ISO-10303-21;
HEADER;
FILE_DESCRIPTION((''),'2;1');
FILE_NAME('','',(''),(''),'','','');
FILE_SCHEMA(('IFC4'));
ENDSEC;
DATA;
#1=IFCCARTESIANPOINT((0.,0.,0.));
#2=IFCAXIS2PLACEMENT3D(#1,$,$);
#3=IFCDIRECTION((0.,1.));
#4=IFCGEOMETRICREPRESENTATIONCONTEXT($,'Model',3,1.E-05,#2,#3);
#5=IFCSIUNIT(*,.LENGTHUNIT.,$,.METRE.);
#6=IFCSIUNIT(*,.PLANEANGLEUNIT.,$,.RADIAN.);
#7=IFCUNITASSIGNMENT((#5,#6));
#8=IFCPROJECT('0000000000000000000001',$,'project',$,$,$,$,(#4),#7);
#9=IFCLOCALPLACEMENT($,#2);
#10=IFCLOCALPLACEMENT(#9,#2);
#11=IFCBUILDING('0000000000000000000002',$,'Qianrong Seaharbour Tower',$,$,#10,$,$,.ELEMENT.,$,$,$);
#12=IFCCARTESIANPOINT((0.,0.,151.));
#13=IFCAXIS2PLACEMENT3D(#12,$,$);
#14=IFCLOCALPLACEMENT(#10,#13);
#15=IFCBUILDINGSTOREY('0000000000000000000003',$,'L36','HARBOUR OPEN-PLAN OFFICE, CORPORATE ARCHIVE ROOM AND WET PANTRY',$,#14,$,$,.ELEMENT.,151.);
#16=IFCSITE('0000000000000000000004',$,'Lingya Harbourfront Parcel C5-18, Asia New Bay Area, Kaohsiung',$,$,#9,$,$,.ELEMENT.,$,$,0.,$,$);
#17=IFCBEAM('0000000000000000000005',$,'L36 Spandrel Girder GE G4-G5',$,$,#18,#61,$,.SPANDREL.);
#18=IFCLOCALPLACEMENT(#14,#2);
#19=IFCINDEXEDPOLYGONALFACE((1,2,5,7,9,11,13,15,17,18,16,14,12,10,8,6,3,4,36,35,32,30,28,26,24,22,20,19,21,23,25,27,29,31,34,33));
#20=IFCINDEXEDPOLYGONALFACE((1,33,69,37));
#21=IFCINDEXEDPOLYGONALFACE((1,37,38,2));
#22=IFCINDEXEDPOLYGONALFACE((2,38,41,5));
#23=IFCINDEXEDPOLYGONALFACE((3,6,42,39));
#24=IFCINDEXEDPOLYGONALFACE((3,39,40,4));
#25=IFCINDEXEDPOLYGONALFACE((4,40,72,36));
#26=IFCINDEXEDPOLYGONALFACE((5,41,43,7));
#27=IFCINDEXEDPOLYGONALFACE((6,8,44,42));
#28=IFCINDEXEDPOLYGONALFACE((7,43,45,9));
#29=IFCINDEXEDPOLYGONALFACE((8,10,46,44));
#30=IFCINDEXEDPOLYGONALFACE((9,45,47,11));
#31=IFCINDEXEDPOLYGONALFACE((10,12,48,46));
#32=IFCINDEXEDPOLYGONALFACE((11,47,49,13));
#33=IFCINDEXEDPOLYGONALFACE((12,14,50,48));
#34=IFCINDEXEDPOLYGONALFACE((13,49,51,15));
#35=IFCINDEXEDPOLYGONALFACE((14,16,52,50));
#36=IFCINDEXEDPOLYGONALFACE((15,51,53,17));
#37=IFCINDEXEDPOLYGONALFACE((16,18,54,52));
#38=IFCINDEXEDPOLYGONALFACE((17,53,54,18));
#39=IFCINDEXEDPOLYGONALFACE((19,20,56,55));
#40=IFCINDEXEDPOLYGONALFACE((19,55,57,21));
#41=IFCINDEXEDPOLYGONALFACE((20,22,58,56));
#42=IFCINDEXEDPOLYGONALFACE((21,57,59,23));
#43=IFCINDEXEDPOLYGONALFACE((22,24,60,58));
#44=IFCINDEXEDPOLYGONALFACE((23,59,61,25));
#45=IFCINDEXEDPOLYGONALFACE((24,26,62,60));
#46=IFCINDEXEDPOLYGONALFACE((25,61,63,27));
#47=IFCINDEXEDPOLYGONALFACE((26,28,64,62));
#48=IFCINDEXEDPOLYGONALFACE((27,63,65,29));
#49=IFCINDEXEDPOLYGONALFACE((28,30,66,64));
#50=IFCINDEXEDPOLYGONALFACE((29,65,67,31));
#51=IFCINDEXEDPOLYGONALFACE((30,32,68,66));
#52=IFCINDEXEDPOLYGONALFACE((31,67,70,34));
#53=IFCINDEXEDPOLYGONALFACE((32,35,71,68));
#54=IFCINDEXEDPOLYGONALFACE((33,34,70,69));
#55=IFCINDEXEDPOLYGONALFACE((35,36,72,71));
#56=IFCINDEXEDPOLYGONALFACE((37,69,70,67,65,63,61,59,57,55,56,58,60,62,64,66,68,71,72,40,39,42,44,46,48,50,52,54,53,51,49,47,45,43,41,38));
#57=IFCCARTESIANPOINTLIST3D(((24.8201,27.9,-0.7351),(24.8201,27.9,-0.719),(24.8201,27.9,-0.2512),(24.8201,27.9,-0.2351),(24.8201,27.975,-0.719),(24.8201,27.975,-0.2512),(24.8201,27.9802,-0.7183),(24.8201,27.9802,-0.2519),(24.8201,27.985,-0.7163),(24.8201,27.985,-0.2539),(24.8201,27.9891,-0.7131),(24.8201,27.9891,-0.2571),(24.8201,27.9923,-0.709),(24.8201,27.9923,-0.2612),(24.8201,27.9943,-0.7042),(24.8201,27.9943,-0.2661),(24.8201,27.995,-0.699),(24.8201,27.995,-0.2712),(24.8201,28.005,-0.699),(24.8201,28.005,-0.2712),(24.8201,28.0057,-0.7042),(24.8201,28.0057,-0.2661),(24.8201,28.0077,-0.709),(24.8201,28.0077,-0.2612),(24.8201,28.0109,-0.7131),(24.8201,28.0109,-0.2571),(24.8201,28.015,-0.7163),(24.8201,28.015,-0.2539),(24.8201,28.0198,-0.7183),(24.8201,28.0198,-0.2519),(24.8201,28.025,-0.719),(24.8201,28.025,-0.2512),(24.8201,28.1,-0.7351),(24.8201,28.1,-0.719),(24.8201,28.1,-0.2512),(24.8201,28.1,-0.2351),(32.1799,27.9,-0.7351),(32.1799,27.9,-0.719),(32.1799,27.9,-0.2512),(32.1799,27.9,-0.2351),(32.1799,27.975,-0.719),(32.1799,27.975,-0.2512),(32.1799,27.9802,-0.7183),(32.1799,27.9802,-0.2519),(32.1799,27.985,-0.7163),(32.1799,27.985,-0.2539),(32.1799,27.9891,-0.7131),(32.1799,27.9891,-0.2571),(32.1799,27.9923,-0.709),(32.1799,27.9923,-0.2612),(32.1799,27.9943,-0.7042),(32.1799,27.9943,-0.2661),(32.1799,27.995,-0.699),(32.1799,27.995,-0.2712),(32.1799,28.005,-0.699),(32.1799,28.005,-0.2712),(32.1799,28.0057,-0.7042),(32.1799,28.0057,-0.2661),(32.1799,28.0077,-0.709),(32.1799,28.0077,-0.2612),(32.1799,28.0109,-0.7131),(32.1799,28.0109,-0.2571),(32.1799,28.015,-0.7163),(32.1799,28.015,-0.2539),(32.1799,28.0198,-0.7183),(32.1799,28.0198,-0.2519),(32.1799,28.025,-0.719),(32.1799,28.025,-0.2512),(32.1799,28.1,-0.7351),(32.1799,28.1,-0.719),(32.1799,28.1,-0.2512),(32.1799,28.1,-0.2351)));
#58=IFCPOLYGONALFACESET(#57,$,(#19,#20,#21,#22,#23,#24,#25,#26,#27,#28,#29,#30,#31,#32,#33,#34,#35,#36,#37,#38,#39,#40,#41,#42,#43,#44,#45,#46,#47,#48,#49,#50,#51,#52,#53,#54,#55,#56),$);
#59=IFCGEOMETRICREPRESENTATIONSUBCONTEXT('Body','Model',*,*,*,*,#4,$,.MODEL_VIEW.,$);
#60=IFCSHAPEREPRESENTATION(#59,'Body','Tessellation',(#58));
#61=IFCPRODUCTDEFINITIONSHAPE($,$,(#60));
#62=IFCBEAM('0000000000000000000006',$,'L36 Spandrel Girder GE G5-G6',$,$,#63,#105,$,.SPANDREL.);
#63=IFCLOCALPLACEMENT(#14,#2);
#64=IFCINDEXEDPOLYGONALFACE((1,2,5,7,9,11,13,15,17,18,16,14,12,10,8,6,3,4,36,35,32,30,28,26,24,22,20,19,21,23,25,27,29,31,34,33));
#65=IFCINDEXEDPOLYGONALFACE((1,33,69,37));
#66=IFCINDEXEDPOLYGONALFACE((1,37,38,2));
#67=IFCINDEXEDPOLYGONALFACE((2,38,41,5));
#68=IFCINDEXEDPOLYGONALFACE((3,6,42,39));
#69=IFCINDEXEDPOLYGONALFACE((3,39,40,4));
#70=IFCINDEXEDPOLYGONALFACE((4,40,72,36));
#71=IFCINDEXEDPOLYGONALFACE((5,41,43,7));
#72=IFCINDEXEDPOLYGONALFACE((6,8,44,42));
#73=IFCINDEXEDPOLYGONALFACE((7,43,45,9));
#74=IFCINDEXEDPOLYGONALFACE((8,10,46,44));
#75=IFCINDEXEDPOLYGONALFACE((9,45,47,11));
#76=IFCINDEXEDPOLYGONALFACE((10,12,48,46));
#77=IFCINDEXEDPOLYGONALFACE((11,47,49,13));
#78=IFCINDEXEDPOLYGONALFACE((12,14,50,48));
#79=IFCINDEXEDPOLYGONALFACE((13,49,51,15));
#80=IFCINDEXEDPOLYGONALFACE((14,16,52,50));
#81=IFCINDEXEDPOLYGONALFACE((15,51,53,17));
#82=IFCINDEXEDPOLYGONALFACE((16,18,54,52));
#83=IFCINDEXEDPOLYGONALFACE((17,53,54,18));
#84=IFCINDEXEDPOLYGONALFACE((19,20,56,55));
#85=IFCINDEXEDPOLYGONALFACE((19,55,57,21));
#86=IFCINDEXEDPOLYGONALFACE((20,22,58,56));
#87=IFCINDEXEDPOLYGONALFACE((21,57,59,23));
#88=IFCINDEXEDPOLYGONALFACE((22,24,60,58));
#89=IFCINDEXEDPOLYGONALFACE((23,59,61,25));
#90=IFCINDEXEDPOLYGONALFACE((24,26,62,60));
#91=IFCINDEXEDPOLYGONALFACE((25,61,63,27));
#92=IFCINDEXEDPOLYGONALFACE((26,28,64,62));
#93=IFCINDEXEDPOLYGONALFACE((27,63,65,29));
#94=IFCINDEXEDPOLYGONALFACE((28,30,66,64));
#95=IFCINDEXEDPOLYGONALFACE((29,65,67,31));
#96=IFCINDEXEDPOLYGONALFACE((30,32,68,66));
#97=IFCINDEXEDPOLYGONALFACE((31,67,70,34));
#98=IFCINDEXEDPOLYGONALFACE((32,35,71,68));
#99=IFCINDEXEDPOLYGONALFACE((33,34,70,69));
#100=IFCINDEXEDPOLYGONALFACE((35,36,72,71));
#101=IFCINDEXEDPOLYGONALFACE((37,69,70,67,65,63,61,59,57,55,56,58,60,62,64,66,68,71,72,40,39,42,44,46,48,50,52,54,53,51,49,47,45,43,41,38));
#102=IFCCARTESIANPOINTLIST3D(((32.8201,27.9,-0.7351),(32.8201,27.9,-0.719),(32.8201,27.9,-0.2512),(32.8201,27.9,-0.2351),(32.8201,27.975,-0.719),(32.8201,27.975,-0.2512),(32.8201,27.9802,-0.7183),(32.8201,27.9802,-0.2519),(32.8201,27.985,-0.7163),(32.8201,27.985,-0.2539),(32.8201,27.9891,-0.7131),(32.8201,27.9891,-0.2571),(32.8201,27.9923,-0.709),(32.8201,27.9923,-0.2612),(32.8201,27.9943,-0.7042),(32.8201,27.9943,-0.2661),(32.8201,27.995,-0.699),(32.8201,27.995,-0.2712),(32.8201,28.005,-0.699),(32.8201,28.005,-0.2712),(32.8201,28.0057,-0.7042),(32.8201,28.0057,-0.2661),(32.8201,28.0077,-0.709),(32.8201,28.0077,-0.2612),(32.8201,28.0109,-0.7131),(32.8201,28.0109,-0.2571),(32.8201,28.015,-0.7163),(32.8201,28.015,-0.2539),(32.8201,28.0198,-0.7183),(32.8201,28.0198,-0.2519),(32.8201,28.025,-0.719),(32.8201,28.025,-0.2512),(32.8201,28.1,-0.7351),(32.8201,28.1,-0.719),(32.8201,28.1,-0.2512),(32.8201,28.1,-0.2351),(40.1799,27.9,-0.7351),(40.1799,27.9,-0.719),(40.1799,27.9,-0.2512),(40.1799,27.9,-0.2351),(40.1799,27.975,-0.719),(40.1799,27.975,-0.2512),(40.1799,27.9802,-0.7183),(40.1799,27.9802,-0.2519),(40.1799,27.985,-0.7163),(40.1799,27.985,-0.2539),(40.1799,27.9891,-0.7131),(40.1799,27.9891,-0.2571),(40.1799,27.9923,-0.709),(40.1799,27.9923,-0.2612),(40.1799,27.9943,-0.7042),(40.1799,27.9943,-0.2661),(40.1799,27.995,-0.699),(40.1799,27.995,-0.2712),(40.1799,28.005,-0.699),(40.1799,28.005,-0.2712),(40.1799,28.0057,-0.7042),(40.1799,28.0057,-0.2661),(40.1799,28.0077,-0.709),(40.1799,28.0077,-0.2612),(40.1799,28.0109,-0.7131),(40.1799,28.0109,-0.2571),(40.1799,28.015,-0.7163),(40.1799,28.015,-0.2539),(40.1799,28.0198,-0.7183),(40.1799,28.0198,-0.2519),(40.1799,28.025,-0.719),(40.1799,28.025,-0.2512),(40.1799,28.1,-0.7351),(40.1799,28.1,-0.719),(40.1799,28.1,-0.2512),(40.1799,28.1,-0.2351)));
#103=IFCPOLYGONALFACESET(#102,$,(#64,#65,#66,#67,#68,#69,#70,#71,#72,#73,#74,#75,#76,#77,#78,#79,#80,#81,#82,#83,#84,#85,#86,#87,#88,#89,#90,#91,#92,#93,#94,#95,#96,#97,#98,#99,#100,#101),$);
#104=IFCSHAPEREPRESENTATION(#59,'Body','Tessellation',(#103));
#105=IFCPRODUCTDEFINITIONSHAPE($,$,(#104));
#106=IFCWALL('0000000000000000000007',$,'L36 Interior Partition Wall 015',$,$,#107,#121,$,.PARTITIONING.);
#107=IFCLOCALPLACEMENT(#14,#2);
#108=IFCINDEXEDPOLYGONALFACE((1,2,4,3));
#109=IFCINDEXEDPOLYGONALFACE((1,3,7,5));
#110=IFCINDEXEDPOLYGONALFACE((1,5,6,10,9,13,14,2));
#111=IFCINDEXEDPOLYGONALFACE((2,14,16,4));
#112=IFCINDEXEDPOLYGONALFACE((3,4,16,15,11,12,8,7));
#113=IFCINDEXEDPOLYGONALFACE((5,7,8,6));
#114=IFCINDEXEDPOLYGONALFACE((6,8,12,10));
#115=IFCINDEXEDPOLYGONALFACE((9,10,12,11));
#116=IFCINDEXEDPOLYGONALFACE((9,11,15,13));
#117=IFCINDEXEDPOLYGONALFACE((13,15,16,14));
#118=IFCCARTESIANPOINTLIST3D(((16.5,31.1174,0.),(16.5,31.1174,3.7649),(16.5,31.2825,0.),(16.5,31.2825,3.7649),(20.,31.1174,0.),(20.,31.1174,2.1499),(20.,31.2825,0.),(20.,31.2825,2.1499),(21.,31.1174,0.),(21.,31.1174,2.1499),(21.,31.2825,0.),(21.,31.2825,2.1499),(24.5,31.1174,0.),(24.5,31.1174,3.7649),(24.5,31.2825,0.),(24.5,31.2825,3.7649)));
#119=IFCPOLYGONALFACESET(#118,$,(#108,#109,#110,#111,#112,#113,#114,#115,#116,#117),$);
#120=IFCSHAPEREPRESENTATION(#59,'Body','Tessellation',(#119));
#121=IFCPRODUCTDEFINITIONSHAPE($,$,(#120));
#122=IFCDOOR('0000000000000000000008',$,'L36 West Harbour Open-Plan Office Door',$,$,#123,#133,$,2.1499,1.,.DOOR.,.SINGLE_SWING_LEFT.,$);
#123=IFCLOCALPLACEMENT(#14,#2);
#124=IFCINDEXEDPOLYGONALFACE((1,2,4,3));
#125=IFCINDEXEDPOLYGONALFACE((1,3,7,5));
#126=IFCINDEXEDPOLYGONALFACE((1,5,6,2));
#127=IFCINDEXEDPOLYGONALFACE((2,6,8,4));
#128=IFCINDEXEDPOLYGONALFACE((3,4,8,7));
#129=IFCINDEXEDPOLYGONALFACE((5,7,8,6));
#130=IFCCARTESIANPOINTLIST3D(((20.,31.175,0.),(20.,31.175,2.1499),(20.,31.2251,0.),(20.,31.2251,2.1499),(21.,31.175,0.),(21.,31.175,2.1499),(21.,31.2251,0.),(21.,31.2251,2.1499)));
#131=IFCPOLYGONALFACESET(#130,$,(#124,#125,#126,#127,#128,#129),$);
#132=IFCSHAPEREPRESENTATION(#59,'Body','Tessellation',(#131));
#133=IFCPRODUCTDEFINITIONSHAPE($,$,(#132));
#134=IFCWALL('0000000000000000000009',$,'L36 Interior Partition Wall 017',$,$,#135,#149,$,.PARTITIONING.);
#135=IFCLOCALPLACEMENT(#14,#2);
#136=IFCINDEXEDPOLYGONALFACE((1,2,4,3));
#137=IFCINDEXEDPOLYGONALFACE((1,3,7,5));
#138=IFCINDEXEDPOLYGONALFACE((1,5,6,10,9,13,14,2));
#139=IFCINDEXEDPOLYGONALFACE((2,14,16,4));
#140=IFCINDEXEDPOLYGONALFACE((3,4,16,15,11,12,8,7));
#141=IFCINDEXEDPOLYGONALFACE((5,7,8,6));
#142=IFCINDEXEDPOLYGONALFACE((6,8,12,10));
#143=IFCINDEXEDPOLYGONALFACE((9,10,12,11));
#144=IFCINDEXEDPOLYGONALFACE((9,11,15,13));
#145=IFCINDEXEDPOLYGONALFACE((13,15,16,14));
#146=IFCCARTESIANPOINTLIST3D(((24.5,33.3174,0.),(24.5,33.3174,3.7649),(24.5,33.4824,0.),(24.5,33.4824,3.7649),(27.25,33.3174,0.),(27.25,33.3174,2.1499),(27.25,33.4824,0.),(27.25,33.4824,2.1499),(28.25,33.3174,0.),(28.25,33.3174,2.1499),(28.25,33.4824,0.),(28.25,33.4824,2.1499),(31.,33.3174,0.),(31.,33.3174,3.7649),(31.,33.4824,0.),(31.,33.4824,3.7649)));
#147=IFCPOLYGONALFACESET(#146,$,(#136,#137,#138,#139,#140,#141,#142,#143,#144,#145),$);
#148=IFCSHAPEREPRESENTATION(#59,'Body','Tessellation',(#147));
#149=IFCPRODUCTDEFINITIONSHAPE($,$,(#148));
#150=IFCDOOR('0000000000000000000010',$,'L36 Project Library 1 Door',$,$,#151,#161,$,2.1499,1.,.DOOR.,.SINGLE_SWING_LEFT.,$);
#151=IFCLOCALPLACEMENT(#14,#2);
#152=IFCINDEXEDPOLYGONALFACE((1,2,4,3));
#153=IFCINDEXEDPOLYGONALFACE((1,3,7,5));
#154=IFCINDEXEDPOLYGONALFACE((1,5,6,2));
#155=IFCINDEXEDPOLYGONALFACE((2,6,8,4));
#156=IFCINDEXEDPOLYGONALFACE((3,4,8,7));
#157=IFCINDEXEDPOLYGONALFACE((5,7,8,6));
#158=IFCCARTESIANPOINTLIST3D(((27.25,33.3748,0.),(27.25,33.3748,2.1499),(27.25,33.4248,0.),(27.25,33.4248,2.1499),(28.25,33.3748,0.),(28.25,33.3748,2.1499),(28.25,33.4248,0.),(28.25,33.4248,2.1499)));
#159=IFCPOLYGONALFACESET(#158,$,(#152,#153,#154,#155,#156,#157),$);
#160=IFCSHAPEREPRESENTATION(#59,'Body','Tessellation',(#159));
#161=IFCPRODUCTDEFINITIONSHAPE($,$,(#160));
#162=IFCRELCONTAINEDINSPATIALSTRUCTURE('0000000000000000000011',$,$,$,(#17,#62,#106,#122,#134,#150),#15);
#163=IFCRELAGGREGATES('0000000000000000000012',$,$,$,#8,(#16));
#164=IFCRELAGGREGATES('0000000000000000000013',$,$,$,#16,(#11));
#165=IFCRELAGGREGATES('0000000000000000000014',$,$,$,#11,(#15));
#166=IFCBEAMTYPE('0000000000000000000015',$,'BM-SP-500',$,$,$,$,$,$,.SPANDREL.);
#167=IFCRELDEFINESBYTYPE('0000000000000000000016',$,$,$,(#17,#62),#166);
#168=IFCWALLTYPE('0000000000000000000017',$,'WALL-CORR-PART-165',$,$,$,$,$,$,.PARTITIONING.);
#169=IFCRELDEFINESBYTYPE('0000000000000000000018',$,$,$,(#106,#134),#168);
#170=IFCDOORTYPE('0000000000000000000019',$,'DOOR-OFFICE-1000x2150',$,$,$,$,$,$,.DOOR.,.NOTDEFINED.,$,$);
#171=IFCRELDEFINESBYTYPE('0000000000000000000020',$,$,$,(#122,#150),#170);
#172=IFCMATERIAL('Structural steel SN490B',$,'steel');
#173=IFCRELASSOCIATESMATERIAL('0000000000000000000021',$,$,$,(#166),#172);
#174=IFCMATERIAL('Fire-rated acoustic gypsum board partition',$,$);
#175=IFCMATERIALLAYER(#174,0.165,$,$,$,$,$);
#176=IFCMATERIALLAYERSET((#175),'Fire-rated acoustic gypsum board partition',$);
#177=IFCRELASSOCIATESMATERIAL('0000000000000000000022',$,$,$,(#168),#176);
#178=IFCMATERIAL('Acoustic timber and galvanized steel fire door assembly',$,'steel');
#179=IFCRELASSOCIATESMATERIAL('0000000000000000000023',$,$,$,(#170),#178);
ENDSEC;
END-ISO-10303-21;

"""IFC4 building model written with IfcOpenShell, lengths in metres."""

from ifc_helpers import new_model, si_unit, direction, frame, frame_2d, origin, origin_2d, place, context, subcontext, project, spatial, rectangle, i_section, extrude, material, layer, layer_set, material_profile, profile_set, type_object, element, fill, save


model = new_model("IFC4")

# Units and contexts
model_context = context("Model", 3, precision=1e-05, world=origin(), true_north=direction((0.0, 1.0)))
body_context = subcontext(model_context, "Body", "Model", "MODEL_VIEW")
ifc_project = project(units=[si_unit("LENGTHUNIT", "METRE"), si_unit("PLANEANGLEUNIT", "RADIAN")], contexts=[model_context])

# Site, building, storey
site_placement = place(None, origin())
site = spatial("IfcSite", under=ifc_project, at=site_placement, Name="Lingya Harbourfront Parcel C5-18, Asia New Bay Area, Kaohsiung", CompositionType="ELEMENT", RefElevation=0.0)
building_placement = place(site_placement, origin())
building = spatial("IfcBuilding", under=site, at=building_placement, Name="Qianrong Seaharbour Tower", CompositionType="ELEMENT")
storey_placement = place(building_placement, frame((0.0, 0.0, 151.0)))
storey = spatial("IfcBuildingStorey", under=building, at=storey_placement, Name="L36", Description="HARBOUR OPEN-PLAN OFFICE, CORPORATE ARCHIVE ROOM AND WET PANTRY", CompositionType="ELEMENT", Elevation=151.0)

# Shared definitions
ifc_material_1 = material(Name="Structural steel SN490B", Category="steel")

# Beams
ifc_material_profile_1 = material_profile(ifc_material_1, i_section(OverallWidth=0.2, OverallDepth=0.5, WebThickness=0.01, FlangeThickness=0.0161, FilletRadius=0.02, at=origin_2d()), Name="H500x200x10x16")
ifc_profile_set_1 = profile_set([ifc_material_profile_1], Name="Structural steel SN490B")
beam_type_1 = type_object("IfcBeamType", Name="BM-SP-500", PredefinedType="SPANDREL", material=ifc_profile_set_1)
for number, where, z_axis, x_axis, name in (
    (1, (24.8201, 28.0, -0.4851), (1.0, 0.0, 0.0), (0.0, 1.0, 0.0), "L36 Spandrel Girder GE G4-G5"),
    (2, (32.8201, 28.0, -0.4851), (1.0, 0.0, 0.0), (0.0, 1.0, 0.0), "L36 Spandrel Girder GE G5-G6"),
):
    element("IfcBeam", number, at=place(storey_placement, frame(where, z_axis=z_axis, x_axis=x_axis)), inside=storey, type_object=beam_type_1, Name=name, PredefinedType="SPANDREL", context=body_context, shape_type="SweptSolid", body=[
        extrude(i_section(OverallWidth=0.2, OverallDepth=0.5, WebThickness=0.01, FlangeThickness=0.0161, FilletRadius=0.02, at=origin_2d()), origin(), (0.0, 0.0, 1.0), 7.3599),
    ])

# Walls, openings, doors
ifc_material_2 = material(Name="Fire-rated acoustic gypsum board partition")
ifc_layer_1 = layer(ifc_material_2, 0.165)
ifc_layer_set_1 = layer_set([ifc_layer_1], Name="Fire-rated acoustic gypsum board partition")
wall_type_1 = type_object("IfcWallType", Name="WALL-CORR-PART-165", PredefinedType="PARTITIONING", material=ifc_layer_set_1)
wall_1_placement = place(storey_placement, frame((24.5, 31.2, 0.0), z_axis=(0.0, 0.0, 1.0), x_axis=(-1.0, 0.0, 0.0)))
wall_1 = element("IfcWall", 3, at=wall_1_placement, inside=storey, type_object=wall_type_1, Name="L36 Interior Partition Wall 015", PredefinedType="PARTITIONING", context=body_context, shape_type="SweptSolid", body=[
    extrude(rectangle(XDim=8.0, YDim=0.165, at=frame_2d((4.0, 0.0))), origin(), (0.0, 0.0, 1.0), 3.7649),
])
opening_1_placement = place(wall_1_placement, frame((3.5, 0.0, 0.0)))
opening_1 = element("IfcOpeningElement", 4, at=opening_1_placement, cuts=wall_1, PredefinedType="OPENING", context=body_context, shape_type="SweptSolid", body=[
    extrude(rectangle(XDim=1.0, YDim=2.1499, at=frame_2d((0.5, 1.075))), frame((0.0, 0.0925, 0.0), z_axis=(0.0, -1.0, 0.0), x_axis=(1.0, 0.0, 0.0)), (0.0, 0.0, 1.0), 0.1851),
])
ifc_material_3 = material(Name="Acoustic timber and galvanized steel fire door assembly", Category="steel")
door_type_1 = type_object("IfcDoorType", Name="DOOR-OFFICE-1000x2150", OperationType="NOTDEFINED", PredefinedType="DOOR", material=ifc_material_3)
door_1_placement = place(opening_1_placement, origin())
door_1 = element("IfcDoor", 5, at=door_1_placement, inside=storey, type_object=door_type_1, Name="L36 West Harbour Open-Plan Office Door", OperationType="SINGLE_SWING_LEFT", OverallHeight=2.1499, OverallWidth=1.0, PredefinedType="DOOR", context=body_context, shape_type="SweptSolid", body=[
    extrude(rectangle(XDim=1.0, YDim=2.1499, at=frame_2d((0.5, 1.075))), frame((0.0, 0.0249, 0.0), z_axis=(0.0, -1.0, 0.0), x_axis=(1.0, 0.0, 0.0)), (0.0, 0.0, 1.0), 0.05),
])
fill(opening_1, door_1)
wall_2_placement = place(storey_placement, frame((24.5, 33.3999, 0.0), z_axis=(0.0, 0.0, 1.0), x_axis=(1.0, 0.0, 0.0)))
wall_2 = element("IfcWall", 6, at=wall_2_placement, inside=storey, type_object=wall_type_1, Name="L36 Interior Partition Wall 017", PredefinedType="PARTITIONING", context=body_context, shape_type="SweptSolid", body=[
    extrude(rectangle(XDim=6.5, YDim=0.165, at=frame_2d((3.25, 0.0))), origin(), (0.0, 0.0, 1.0), 3.7649),
])
opening_2_placement = place(wall_2_placement, frame((2.75, 0.0, 0.0)))
opening_2 = element("IfcOpeningElement", 7, at=opening_2_placement, cuts=wall_2, PredefinedType="OPENING", context=body_context, shape_type="SweptSolid", body=[
    extrude(rectangle(XDim=1.0, YDim=2.1499, at=frame_2d((0.5, 1.075))), frame((0.0, 0.0925, 0.0), z_axis=(0.0, -1.0, 0.0), x_axis=(1.0, 0.0, 0.0)), (0.0, 0.0, 1.0), 0.1851),
])
door_2_placement = place(opening_2_placement, origin())
door_2 = element("IfcDoor", 8, at=door_2_placement, inside=storey, type_object=door_type_1, Name="L36 Project Library 1 Door", OperationType="SINGLE_SWING_LEFT", OverallHeight=2.1499, OverallWidth=1.0, PredefinedType="DOOR", context=body_context, shape_type="SweptSolid", body=[
    extrude(rectangle(XDim=1.0, YDim=2.1499, at=frame_2d((0.5, 1.075))), frame((0.0, 0.0249, 0.0), z_axis=(0.0, -1.0, 0.0), x_axis=(1.0, 0.0, 0.0)), (0.0, 0.0, 1.0), 0.05),
])
fill(opening_2, door_2)

save(model, "model.ifc")
